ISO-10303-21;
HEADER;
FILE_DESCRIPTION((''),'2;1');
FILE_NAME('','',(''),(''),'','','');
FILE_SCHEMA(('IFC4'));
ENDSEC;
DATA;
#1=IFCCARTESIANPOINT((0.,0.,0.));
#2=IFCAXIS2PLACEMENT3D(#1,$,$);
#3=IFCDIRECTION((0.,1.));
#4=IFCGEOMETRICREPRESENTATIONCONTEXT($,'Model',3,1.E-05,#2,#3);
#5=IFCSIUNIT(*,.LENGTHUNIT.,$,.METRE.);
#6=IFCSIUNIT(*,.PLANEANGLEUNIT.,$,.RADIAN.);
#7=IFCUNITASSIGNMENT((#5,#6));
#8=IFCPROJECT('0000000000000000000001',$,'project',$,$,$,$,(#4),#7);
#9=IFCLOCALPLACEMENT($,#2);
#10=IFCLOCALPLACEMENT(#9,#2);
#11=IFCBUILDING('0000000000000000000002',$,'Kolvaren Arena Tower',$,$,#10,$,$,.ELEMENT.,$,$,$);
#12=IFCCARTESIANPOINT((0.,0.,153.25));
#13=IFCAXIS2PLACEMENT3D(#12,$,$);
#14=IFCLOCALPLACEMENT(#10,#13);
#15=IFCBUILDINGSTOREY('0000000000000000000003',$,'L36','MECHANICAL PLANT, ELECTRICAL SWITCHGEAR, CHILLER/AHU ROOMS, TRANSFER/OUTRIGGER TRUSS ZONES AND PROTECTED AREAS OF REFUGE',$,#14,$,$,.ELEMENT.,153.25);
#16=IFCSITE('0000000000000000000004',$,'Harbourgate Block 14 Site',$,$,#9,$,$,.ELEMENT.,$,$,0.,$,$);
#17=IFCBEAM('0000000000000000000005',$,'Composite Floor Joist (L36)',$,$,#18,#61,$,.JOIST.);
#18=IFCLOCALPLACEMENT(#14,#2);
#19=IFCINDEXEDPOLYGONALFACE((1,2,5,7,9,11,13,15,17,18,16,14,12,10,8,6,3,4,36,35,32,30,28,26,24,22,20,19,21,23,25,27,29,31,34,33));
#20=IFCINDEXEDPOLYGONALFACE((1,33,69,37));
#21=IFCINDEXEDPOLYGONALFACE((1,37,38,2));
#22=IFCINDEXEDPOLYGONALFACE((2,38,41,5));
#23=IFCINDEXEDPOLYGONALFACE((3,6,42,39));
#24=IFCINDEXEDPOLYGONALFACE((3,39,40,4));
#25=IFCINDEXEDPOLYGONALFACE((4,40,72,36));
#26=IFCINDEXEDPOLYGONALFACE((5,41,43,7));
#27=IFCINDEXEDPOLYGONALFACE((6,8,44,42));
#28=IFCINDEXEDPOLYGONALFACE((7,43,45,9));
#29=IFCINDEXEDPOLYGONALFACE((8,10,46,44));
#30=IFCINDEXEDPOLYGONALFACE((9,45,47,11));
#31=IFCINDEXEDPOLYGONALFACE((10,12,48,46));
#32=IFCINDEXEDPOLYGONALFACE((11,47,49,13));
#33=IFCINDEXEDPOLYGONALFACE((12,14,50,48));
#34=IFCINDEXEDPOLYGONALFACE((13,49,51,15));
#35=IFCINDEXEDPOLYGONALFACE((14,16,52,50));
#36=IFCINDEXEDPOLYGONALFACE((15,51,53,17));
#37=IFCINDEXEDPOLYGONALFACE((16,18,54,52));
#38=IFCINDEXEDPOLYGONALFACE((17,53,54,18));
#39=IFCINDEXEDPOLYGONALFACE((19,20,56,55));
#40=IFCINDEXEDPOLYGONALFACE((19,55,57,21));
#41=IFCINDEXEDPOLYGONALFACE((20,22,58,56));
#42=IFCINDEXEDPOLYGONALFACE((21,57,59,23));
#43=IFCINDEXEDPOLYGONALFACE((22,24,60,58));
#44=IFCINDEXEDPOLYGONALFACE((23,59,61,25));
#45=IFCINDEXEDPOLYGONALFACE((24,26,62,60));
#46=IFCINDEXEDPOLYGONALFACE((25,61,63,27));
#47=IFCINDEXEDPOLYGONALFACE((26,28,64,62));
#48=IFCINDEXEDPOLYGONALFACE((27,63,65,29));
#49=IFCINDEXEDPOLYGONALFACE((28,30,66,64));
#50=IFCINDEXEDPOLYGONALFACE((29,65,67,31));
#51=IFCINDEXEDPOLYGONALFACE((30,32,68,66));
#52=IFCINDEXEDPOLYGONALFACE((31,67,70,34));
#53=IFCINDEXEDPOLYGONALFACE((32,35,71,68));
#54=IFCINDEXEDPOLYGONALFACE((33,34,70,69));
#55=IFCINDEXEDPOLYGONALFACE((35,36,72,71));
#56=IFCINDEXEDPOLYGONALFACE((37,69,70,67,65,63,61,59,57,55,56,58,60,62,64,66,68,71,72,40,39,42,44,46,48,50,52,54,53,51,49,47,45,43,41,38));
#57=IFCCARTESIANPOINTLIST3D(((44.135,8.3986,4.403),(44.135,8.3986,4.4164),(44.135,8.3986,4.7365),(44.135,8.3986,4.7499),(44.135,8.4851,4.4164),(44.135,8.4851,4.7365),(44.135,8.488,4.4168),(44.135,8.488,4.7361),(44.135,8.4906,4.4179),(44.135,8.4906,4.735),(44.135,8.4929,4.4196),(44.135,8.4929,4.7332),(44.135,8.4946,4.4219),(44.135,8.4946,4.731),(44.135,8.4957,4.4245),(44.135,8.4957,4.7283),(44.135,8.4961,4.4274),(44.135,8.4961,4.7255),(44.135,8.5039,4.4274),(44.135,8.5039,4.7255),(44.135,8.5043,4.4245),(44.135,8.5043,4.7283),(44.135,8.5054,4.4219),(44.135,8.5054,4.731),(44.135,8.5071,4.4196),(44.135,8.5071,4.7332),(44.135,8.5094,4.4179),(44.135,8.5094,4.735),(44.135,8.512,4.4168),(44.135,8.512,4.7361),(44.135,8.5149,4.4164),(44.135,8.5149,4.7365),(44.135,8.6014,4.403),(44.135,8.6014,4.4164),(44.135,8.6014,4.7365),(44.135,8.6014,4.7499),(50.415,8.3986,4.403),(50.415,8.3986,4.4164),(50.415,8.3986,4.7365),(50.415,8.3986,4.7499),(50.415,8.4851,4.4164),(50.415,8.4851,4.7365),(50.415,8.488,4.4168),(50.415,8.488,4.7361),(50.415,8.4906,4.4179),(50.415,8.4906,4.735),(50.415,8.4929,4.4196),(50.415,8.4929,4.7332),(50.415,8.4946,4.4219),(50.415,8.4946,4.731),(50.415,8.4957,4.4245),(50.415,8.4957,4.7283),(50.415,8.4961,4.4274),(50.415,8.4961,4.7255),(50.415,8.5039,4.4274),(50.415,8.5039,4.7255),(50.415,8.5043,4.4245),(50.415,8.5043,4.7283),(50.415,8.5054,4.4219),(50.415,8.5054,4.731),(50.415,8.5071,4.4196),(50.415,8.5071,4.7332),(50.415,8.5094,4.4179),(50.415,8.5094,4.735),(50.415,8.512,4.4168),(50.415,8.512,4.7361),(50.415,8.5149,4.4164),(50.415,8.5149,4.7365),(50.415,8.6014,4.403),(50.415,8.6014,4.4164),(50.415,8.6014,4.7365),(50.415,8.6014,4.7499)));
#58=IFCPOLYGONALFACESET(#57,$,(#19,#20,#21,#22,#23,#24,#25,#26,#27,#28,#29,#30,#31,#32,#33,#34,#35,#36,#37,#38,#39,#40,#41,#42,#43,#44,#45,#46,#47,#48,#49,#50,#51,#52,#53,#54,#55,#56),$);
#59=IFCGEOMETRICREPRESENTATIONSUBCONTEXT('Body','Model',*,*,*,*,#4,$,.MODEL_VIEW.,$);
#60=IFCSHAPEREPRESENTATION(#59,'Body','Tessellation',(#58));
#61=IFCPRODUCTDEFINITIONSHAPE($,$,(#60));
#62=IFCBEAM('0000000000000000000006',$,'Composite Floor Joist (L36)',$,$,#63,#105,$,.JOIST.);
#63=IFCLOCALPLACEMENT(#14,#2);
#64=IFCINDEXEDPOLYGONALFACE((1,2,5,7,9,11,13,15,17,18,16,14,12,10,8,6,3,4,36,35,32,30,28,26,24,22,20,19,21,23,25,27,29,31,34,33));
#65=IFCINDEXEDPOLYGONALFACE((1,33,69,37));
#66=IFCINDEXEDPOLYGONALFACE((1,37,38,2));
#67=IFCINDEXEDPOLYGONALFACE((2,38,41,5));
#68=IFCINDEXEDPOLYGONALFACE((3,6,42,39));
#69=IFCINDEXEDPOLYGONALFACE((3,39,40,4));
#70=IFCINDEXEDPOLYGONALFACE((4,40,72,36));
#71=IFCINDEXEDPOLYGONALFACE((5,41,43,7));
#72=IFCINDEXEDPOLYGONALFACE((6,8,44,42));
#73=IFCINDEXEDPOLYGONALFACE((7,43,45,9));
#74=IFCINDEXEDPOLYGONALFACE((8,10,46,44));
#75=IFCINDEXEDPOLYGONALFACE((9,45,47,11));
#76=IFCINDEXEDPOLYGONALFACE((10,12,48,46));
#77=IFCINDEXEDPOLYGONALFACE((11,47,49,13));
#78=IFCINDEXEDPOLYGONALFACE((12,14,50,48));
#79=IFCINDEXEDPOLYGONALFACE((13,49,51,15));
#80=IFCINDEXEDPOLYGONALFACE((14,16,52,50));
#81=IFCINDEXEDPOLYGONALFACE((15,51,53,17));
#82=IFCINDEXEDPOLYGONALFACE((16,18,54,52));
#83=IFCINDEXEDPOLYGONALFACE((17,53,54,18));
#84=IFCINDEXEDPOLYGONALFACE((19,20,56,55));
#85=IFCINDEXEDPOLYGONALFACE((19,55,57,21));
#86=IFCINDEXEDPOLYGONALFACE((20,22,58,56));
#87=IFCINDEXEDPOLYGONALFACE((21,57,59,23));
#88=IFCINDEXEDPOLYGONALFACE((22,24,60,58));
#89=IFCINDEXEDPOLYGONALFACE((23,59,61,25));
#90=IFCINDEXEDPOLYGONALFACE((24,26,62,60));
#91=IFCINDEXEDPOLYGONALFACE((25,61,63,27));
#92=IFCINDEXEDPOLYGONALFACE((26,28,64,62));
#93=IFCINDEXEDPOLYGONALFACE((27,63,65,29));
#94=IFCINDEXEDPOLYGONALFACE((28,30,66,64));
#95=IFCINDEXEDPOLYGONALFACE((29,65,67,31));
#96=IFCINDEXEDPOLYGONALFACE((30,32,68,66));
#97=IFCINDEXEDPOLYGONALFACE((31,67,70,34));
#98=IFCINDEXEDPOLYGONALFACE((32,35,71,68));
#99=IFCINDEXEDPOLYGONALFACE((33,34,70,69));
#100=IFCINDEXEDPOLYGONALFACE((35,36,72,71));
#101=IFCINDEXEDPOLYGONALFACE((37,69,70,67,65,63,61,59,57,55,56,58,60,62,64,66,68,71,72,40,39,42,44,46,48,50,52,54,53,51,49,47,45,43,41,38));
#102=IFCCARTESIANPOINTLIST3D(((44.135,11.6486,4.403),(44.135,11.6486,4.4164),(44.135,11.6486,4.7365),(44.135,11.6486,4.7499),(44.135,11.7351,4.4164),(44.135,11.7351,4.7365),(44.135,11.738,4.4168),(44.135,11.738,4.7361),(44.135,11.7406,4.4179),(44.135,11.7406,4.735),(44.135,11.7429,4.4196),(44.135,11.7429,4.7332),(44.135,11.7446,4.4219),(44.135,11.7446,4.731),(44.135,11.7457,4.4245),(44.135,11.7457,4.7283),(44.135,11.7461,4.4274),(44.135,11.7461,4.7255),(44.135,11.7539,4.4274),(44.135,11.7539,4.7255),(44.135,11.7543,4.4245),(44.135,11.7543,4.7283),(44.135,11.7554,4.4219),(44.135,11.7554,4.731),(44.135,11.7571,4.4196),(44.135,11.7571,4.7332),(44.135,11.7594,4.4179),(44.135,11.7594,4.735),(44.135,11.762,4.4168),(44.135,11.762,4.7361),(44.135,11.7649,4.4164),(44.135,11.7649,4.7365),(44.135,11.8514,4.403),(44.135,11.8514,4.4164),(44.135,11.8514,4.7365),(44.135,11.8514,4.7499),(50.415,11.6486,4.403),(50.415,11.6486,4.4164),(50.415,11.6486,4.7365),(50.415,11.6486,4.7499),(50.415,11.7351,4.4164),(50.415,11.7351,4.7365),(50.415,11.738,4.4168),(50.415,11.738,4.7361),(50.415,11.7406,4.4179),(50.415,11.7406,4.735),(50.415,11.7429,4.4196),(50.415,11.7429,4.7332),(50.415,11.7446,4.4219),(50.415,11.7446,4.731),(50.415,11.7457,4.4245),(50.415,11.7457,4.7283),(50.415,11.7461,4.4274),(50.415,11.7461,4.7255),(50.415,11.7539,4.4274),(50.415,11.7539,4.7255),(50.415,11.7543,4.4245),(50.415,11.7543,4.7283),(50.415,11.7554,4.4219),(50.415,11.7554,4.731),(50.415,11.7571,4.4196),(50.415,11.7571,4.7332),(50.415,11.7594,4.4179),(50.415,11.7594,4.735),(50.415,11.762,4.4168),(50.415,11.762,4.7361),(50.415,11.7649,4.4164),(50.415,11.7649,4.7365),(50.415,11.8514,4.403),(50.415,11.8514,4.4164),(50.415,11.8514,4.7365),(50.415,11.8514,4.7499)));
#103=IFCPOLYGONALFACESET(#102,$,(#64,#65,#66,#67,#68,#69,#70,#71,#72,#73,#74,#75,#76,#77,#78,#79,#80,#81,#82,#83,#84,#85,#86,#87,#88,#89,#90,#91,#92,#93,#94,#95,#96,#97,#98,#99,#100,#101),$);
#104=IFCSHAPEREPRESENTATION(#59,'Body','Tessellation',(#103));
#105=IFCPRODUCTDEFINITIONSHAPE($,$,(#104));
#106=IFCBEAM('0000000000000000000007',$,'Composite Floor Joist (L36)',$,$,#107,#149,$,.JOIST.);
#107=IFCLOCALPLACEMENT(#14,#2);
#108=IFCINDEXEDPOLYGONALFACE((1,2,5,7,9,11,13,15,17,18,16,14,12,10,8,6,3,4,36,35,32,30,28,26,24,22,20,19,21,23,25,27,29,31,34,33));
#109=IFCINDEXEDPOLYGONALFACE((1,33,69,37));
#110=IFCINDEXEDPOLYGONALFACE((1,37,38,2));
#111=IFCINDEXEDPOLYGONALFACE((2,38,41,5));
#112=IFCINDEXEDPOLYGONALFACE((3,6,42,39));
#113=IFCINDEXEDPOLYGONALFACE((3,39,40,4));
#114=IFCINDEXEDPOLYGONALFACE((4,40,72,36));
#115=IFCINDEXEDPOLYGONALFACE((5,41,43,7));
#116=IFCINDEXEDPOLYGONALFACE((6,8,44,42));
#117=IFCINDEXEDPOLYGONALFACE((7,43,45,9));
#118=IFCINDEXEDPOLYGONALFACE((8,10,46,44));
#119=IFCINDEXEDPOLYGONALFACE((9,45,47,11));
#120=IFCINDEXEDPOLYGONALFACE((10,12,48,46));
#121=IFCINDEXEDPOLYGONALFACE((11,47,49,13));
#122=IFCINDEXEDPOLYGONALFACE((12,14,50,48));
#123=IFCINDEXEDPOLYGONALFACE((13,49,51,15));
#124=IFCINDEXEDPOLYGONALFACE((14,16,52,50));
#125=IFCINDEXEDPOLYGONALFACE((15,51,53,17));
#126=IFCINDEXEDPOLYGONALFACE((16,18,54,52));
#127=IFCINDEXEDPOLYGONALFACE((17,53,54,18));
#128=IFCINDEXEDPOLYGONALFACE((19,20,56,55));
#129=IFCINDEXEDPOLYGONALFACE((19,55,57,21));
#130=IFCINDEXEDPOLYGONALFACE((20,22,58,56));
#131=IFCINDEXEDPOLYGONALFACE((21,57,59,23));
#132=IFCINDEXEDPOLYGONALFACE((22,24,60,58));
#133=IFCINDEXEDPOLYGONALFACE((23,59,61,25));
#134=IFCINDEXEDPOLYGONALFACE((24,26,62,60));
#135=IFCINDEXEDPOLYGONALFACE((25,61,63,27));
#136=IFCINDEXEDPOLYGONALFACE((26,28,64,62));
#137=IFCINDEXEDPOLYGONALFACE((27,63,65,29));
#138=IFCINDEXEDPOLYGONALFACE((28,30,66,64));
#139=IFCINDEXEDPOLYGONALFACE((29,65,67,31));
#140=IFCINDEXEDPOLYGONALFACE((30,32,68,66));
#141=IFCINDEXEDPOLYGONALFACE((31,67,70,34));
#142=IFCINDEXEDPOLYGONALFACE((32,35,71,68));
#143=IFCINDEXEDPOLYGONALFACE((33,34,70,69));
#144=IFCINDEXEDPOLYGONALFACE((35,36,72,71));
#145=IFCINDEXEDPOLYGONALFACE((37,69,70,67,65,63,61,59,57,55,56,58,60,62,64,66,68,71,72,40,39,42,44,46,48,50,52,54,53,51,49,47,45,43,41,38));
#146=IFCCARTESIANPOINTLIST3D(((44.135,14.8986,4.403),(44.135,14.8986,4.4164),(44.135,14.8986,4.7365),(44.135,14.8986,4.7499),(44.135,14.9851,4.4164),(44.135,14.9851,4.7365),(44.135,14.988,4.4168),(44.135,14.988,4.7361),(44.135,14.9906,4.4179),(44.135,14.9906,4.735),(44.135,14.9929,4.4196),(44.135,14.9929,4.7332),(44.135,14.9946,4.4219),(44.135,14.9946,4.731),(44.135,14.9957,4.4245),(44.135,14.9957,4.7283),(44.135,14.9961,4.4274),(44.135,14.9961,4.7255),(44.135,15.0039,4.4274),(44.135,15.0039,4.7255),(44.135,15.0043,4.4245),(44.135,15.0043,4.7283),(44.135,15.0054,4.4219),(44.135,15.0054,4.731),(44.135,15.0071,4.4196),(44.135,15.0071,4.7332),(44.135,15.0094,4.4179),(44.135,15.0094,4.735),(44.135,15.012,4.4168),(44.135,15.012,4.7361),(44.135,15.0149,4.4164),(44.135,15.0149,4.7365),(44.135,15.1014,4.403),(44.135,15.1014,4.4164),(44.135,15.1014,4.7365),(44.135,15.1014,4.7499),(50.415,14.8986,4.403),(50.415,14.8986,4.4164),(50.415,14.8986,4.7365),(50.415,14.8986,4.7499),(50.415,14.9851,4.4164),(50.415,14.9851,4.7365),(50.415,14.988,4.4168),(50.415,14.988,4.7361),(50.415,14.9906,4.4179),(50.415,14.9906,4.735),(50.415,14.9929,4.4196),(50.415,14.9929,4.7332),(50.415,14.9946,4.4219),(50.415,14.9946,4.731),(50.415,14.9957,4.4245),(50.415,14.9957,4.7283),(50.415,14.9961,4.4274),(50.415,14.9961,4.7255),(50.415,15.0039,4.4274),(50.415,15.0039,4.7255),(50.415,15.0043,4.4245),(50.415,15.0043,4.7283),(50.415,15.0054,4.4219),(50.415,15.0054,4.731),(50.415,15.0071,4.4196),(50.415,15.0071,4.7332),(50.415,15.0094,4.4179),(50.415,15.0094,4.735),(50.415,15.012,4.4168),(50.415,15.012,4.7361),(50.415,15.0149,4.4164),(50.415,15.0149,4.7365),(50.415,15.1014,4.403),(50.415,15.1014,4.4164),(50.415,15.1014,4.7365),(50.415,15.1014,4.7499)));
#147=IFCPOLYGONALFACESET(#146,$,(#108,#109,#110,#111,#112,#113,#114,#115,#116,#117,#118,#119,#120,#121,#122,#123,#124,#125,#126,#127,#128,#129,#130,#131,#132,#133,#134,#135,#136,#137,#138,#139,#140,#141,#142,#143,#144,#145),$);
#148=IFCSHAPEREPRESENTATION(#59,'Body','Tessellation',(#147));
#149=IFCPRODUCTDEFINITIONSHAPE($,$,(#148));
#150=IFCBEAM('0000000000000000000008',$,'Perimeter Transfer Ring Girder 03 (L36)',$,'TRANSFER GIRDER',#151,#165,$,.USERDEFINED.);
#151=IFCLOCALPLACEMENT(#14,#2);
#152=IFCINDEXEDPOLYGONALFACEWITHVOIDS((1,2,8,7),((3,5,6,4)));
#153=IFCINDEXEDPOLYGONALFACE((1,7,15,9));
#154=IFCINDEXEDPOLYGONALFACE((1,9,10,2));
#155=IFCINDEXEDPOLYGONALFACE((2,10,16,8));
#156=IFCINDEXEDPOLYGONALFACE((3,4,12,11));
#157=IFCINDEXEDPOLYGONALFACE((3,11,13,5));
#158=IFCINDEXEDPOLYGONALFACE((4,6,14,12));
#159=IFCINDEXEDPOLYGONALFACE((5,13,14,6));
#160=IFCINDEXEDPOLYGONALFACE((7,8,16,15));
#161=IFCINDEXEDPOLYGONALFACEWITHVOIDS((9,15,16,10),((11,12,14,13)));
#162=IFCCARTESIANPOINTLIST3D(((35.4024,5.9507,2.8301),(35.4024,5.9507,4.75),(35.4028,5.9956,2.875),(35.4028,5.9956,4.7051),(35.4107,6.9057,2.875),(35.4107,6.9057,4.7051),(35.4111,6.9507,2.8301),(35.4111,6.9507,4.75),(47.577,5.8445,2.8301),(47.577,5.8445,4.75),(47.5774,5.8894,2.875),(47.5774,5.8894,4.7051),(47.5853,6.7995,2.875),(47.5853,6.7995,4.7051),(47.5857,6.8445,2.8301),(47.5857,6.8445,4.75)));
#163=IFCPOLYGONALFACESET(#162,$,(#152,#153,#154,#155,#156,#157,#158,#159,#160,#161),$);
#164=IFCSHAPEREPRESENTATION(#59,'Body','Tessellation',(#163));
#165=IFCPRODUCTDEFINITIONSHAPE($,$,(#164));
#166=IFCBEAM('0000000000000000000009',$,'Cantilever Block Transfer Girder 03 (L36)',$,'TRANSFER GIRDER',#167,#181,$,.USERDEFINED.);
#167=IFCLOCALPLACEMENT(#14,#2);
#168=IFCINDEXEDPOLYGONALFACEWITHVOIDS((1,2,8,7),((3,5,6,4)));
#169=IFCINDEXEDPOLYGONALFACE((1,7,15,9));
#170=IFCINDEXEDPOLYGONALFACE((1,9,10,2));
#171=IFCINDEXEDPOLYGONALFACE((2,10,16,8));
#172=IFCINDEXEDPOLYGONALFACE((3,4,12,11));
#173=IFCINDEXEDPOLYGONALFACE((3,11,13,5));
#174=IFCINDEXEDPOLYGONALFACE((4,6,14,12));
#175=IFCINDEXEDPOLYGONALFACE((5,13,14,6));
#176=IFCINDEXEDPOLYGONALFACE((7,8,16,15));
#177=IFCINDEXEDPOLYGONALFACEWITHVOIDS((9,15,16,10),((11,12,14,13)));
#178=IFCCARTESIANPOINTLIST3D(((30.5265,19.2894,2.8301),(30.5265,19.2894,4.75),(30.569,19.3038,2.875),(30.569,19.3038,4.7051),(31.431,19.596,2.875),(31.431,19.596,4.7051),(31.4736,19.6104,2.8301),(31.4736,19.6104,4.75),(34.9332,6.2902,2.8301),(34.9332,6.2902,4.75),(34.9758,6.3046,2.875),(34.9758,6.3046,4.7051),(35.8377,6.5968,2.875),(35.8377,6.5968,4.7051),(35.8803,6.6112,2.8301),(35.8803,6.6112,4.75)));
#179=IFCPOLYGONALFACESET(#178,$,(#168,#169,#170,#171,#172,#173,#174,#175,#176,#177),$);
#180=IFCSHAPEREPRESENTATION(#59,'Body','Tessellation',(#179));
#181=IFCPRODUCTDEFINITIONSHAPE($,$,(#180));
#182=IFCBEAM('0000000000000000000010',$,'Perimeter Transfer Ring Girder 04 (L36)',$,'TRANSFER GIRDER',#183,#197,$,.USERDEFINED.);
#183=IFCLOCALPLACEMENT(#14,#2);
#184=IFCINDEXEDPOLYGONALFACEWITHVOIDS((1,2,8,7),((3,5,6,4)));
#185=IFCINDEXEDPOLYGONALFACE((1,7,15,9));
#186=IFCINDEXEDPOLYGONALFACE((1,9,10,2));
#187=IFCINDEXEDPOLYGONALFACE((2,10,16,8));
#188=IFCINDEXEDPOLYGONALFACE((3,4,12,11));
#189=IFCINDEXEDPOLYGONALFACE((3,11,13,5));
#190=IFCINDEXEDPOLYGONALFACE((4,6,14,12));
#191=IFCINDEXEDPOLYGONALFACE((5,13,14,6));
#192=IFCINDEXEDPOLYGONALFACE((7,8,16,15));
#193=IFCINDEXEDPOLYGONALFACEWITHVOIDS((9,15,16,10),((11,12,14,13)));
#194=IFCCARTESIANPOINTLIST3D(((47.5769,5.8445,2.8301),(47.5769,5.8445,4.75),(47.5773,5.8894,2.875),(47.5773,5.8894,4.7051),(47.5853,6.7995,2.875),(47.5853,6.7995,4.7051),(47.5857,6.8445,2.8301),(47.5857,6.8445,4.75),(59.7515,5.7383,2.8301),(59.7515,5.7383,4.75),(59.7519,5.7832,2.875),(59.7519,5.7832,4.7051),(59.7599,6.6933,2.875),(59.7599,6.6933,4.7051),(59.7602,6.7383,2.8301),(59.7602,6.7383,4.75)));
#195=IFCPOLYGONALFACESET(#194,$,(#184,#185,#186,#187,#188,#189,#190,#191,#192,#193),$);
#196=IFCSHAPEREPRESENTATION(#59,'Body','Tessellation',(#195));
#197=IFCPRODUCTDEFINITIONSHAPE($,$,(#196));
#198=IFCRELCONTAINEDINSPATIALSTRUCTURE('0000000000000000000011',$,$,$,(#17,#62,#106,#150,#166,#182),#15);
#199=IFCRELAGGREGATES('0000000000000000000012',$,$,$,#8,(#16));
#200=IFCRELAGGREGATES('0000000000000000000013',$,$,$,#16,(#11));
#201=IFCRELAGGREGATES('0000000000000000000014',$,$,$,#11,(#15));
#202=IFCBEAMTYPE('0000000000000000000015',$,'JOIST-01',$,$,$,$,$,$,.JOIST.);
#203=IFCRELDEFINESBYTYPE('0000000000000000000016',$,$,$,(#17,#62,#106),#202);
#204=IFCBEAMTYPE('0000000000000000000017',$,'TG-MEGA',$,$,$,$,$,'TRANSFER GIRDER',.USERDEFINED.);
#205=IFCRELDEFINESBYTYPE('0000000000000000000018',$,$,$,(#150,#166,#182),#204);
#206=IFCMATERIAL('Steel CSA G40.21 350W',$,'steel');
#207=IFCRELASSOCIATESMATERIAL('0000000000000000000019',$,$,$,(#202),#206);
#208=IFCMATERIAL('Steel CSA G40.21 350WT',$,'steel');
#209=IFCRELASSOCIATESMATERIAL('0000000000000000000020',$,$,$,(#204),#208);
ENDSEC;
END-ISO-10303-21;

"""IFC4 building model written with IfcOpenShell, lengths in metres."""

from ifc_helpers import new_model, si_unit, direction, frame, origin, origin_2d, place, context, subcontext, project, spatial, hollow_rectangle, i_section, extrude, material, material_profile, profile_set, type_object, element, save


model = new_model("IFC4")

# Units and contexts
model_context = context("Model", 3, precision=1e-05, world=origin(), true_north=direction((0.0, 1.0)))
body_context = subcontext(model_context, "Body", "Model", "MODEL_VIEW")
ifc_project = project(units=[si_unit("LENGTHUNIT", "METRE"), si_unit("PLANEANGLEUNIT", "RADIAN")], contexts=[model_context])

# Site, building, storey
site_placement = place(None, origin())
site = spatial("IfcSite", under=ifc_project, at=site_placement, Name="Harbourgate Block 14 Site", CompositionType="ELEMENT", RefElevation=0.0)
building_placement = place(site_placement, origin())
building = spatial("IfcBuilding", under=site, at=building_placement, Name="Kolvaren Arena Tower", CompositionType="ELEMENT")
storey_placement = place(building_placement, frame((0.0, 0.0, 153.25)))
storey = spatial("IfcBuildingStorey", under=building, at=storey_placement, Name="L36", Description="MECHANICAL PLANT, ELECTRICAL SWITCHGEAR, CHILLER/AHU ROOMS, TRANSFER/OUTRIGGER TRUSS ZONES AND PROTECTED AREAS OF REFUGE", CompositionType="ELEMENT", Elevation=153.25)

# Beams
ifc_material_1 = material(Name="Steel CSA G40.21 350W", Category="steel")
ifc_material_profile_1 = material_profile(ifc_material_1, i_section(OverallWidth=0.2029, OverallDepth=0.3469, WebThickness=0.0078, FlangeThickness=0.0134, FilletRadius=0.011, at=origin_2d()), Name="W360x64")
ifc_profile_set_1 = profile_set([ifc_material_profile_1], Name="Steel CSA G40.21 350W")
beam_type_1 = type_object("IfcBeamType", Name="JOIST-01", PredefinedType="JOIST", material=ifc_profile_set_1)
for number, where, z_axis, x_axis, name in (
    (1, (44.135, 8.5, 4.5764), (1.0, 0.0, 0.0), (0.0, 1.0, 0.0), "Composite Floor Joist (L36)"),
    (2, (44.135, 11.75, 4.5764), (1.0, 0.0, 0.0), (0.0, 1.0, 0.0), "Composite Floor Joist (L36)"),
    (3, (44.135, 15.0, 4.5764), (1.0, 0.0, 0.0), (0.0, 1.0, 0.0), "Composite Floor Joist (L36)"),
):
    element("IfcBeam", number, at=place(storey_placement, frame(where, z_axis=z_axis, x_axis=x_axis)), inside=storey, type_object=beam_type_1, Name=name, PredefinedType="JOIST", context=body_context, shape_type="SweptSolid", body=[
        extrude(i_section(OverallWidth=0.2029, OverallDepth=0.3469, WebThickness=0.0078, FlangeThickness=0.0134, FilletRadius=0.011, at=origin_2d()), origin(), (0.0, 0.0, 1.0), 6.28),
    ])
ifc_material_2 = material(Name="Steel CSA G40.21 350WT", Category="steel")
ifc_material_profile_2 = material_profile(ifc_material_2, hollow_rectangle(XDim=1.0, YDim=1.9199, WallThickness=0.0449, at=origin_2d()), Name="BOX 1000x1920x45")
ifc_profile_set_2 = profile_set([ifc_material_profile_2], Name="Steel CSA G40.21 350WT")
beam_type_2 = type_object("IfcBeamType", Name="TG-MEGA", ElementType="TRANSFER GIRDER", PredefinedType="USERDEFINED", material=ifc_profile_set_2)
beam_1_placement = place(storey_placement, frame((35.4067, 6.4507, 3.79), z_axis=(0.999962, -0.008723, 0.0), x_axis=(0.008723, 0.999962, 0.0)))
element("IfcBeam", 4, at=beam_1_placement, inside=storey, type_object=beam_type_2, Name="Perimeter Transfer Ring Girder 03 (L36)", ObjectType="TRANSFER GIRDER", PredefinedType="USERDEFINED", context=body_context, shape_type="SweptSolid", body=[
    extrude(hollow_rectangle(XDim=1.0, YDim=1.9199, WallThickness=0.0449, at=origin_2d()), origin(), (0.0, 0.0, 1.0), 12.175),
])
beam_2_placement = place(storey_placement, frame((35.4067, 6.4507, 3.79), z_axis=(-0.321053, 0.947061, 0.0), x_axis=(-0.947061, -0.321053, 0.0)))
element("IfcBeam", 5, at=beam_2_placement, inside=storey, type_object=beam_type_2, Name="Cantilever Block Transfer Girder 03 (L36)", ObjectType="TRANSFER GIRDER", PredefinedType="USERDEFINED", context=body_context, shape_type="SweptSolid", body=[
    extrude(hollow_rectangle(XDim=1.0, YDim=1.9199, WallThickness=0.0449, at=origin_2d()), origin(), (0.0, 0.0, 1.0), 13.7258),
])
beam_3_placement = place(storey_placement, frame((47.5813, 6.3445, 3.79), z_axis=(0.999962, -0.008723, 0.0), x_axis=(0.008723, 0.999962, 0.0)))
element("IfcBeam", 6, at=beam_3_placement, inside=storey, type_object=beam_type_2, Name="Perimeter Transfer Ring Girder 04 (L36)", ObjectType="TRANSFER GIRDER", PredefinedType="USERDEFINED", context=body_context, shape_type="SweptSolid", body=[
    extrude(hollow_rectangle(XDim=1.0, YDim=1.9199, WallThickness=0.0449, at=origin_2d()), origin(), (0.0, 0.0, 1.0), 12.175),
])

save(model, "model.ifc")
